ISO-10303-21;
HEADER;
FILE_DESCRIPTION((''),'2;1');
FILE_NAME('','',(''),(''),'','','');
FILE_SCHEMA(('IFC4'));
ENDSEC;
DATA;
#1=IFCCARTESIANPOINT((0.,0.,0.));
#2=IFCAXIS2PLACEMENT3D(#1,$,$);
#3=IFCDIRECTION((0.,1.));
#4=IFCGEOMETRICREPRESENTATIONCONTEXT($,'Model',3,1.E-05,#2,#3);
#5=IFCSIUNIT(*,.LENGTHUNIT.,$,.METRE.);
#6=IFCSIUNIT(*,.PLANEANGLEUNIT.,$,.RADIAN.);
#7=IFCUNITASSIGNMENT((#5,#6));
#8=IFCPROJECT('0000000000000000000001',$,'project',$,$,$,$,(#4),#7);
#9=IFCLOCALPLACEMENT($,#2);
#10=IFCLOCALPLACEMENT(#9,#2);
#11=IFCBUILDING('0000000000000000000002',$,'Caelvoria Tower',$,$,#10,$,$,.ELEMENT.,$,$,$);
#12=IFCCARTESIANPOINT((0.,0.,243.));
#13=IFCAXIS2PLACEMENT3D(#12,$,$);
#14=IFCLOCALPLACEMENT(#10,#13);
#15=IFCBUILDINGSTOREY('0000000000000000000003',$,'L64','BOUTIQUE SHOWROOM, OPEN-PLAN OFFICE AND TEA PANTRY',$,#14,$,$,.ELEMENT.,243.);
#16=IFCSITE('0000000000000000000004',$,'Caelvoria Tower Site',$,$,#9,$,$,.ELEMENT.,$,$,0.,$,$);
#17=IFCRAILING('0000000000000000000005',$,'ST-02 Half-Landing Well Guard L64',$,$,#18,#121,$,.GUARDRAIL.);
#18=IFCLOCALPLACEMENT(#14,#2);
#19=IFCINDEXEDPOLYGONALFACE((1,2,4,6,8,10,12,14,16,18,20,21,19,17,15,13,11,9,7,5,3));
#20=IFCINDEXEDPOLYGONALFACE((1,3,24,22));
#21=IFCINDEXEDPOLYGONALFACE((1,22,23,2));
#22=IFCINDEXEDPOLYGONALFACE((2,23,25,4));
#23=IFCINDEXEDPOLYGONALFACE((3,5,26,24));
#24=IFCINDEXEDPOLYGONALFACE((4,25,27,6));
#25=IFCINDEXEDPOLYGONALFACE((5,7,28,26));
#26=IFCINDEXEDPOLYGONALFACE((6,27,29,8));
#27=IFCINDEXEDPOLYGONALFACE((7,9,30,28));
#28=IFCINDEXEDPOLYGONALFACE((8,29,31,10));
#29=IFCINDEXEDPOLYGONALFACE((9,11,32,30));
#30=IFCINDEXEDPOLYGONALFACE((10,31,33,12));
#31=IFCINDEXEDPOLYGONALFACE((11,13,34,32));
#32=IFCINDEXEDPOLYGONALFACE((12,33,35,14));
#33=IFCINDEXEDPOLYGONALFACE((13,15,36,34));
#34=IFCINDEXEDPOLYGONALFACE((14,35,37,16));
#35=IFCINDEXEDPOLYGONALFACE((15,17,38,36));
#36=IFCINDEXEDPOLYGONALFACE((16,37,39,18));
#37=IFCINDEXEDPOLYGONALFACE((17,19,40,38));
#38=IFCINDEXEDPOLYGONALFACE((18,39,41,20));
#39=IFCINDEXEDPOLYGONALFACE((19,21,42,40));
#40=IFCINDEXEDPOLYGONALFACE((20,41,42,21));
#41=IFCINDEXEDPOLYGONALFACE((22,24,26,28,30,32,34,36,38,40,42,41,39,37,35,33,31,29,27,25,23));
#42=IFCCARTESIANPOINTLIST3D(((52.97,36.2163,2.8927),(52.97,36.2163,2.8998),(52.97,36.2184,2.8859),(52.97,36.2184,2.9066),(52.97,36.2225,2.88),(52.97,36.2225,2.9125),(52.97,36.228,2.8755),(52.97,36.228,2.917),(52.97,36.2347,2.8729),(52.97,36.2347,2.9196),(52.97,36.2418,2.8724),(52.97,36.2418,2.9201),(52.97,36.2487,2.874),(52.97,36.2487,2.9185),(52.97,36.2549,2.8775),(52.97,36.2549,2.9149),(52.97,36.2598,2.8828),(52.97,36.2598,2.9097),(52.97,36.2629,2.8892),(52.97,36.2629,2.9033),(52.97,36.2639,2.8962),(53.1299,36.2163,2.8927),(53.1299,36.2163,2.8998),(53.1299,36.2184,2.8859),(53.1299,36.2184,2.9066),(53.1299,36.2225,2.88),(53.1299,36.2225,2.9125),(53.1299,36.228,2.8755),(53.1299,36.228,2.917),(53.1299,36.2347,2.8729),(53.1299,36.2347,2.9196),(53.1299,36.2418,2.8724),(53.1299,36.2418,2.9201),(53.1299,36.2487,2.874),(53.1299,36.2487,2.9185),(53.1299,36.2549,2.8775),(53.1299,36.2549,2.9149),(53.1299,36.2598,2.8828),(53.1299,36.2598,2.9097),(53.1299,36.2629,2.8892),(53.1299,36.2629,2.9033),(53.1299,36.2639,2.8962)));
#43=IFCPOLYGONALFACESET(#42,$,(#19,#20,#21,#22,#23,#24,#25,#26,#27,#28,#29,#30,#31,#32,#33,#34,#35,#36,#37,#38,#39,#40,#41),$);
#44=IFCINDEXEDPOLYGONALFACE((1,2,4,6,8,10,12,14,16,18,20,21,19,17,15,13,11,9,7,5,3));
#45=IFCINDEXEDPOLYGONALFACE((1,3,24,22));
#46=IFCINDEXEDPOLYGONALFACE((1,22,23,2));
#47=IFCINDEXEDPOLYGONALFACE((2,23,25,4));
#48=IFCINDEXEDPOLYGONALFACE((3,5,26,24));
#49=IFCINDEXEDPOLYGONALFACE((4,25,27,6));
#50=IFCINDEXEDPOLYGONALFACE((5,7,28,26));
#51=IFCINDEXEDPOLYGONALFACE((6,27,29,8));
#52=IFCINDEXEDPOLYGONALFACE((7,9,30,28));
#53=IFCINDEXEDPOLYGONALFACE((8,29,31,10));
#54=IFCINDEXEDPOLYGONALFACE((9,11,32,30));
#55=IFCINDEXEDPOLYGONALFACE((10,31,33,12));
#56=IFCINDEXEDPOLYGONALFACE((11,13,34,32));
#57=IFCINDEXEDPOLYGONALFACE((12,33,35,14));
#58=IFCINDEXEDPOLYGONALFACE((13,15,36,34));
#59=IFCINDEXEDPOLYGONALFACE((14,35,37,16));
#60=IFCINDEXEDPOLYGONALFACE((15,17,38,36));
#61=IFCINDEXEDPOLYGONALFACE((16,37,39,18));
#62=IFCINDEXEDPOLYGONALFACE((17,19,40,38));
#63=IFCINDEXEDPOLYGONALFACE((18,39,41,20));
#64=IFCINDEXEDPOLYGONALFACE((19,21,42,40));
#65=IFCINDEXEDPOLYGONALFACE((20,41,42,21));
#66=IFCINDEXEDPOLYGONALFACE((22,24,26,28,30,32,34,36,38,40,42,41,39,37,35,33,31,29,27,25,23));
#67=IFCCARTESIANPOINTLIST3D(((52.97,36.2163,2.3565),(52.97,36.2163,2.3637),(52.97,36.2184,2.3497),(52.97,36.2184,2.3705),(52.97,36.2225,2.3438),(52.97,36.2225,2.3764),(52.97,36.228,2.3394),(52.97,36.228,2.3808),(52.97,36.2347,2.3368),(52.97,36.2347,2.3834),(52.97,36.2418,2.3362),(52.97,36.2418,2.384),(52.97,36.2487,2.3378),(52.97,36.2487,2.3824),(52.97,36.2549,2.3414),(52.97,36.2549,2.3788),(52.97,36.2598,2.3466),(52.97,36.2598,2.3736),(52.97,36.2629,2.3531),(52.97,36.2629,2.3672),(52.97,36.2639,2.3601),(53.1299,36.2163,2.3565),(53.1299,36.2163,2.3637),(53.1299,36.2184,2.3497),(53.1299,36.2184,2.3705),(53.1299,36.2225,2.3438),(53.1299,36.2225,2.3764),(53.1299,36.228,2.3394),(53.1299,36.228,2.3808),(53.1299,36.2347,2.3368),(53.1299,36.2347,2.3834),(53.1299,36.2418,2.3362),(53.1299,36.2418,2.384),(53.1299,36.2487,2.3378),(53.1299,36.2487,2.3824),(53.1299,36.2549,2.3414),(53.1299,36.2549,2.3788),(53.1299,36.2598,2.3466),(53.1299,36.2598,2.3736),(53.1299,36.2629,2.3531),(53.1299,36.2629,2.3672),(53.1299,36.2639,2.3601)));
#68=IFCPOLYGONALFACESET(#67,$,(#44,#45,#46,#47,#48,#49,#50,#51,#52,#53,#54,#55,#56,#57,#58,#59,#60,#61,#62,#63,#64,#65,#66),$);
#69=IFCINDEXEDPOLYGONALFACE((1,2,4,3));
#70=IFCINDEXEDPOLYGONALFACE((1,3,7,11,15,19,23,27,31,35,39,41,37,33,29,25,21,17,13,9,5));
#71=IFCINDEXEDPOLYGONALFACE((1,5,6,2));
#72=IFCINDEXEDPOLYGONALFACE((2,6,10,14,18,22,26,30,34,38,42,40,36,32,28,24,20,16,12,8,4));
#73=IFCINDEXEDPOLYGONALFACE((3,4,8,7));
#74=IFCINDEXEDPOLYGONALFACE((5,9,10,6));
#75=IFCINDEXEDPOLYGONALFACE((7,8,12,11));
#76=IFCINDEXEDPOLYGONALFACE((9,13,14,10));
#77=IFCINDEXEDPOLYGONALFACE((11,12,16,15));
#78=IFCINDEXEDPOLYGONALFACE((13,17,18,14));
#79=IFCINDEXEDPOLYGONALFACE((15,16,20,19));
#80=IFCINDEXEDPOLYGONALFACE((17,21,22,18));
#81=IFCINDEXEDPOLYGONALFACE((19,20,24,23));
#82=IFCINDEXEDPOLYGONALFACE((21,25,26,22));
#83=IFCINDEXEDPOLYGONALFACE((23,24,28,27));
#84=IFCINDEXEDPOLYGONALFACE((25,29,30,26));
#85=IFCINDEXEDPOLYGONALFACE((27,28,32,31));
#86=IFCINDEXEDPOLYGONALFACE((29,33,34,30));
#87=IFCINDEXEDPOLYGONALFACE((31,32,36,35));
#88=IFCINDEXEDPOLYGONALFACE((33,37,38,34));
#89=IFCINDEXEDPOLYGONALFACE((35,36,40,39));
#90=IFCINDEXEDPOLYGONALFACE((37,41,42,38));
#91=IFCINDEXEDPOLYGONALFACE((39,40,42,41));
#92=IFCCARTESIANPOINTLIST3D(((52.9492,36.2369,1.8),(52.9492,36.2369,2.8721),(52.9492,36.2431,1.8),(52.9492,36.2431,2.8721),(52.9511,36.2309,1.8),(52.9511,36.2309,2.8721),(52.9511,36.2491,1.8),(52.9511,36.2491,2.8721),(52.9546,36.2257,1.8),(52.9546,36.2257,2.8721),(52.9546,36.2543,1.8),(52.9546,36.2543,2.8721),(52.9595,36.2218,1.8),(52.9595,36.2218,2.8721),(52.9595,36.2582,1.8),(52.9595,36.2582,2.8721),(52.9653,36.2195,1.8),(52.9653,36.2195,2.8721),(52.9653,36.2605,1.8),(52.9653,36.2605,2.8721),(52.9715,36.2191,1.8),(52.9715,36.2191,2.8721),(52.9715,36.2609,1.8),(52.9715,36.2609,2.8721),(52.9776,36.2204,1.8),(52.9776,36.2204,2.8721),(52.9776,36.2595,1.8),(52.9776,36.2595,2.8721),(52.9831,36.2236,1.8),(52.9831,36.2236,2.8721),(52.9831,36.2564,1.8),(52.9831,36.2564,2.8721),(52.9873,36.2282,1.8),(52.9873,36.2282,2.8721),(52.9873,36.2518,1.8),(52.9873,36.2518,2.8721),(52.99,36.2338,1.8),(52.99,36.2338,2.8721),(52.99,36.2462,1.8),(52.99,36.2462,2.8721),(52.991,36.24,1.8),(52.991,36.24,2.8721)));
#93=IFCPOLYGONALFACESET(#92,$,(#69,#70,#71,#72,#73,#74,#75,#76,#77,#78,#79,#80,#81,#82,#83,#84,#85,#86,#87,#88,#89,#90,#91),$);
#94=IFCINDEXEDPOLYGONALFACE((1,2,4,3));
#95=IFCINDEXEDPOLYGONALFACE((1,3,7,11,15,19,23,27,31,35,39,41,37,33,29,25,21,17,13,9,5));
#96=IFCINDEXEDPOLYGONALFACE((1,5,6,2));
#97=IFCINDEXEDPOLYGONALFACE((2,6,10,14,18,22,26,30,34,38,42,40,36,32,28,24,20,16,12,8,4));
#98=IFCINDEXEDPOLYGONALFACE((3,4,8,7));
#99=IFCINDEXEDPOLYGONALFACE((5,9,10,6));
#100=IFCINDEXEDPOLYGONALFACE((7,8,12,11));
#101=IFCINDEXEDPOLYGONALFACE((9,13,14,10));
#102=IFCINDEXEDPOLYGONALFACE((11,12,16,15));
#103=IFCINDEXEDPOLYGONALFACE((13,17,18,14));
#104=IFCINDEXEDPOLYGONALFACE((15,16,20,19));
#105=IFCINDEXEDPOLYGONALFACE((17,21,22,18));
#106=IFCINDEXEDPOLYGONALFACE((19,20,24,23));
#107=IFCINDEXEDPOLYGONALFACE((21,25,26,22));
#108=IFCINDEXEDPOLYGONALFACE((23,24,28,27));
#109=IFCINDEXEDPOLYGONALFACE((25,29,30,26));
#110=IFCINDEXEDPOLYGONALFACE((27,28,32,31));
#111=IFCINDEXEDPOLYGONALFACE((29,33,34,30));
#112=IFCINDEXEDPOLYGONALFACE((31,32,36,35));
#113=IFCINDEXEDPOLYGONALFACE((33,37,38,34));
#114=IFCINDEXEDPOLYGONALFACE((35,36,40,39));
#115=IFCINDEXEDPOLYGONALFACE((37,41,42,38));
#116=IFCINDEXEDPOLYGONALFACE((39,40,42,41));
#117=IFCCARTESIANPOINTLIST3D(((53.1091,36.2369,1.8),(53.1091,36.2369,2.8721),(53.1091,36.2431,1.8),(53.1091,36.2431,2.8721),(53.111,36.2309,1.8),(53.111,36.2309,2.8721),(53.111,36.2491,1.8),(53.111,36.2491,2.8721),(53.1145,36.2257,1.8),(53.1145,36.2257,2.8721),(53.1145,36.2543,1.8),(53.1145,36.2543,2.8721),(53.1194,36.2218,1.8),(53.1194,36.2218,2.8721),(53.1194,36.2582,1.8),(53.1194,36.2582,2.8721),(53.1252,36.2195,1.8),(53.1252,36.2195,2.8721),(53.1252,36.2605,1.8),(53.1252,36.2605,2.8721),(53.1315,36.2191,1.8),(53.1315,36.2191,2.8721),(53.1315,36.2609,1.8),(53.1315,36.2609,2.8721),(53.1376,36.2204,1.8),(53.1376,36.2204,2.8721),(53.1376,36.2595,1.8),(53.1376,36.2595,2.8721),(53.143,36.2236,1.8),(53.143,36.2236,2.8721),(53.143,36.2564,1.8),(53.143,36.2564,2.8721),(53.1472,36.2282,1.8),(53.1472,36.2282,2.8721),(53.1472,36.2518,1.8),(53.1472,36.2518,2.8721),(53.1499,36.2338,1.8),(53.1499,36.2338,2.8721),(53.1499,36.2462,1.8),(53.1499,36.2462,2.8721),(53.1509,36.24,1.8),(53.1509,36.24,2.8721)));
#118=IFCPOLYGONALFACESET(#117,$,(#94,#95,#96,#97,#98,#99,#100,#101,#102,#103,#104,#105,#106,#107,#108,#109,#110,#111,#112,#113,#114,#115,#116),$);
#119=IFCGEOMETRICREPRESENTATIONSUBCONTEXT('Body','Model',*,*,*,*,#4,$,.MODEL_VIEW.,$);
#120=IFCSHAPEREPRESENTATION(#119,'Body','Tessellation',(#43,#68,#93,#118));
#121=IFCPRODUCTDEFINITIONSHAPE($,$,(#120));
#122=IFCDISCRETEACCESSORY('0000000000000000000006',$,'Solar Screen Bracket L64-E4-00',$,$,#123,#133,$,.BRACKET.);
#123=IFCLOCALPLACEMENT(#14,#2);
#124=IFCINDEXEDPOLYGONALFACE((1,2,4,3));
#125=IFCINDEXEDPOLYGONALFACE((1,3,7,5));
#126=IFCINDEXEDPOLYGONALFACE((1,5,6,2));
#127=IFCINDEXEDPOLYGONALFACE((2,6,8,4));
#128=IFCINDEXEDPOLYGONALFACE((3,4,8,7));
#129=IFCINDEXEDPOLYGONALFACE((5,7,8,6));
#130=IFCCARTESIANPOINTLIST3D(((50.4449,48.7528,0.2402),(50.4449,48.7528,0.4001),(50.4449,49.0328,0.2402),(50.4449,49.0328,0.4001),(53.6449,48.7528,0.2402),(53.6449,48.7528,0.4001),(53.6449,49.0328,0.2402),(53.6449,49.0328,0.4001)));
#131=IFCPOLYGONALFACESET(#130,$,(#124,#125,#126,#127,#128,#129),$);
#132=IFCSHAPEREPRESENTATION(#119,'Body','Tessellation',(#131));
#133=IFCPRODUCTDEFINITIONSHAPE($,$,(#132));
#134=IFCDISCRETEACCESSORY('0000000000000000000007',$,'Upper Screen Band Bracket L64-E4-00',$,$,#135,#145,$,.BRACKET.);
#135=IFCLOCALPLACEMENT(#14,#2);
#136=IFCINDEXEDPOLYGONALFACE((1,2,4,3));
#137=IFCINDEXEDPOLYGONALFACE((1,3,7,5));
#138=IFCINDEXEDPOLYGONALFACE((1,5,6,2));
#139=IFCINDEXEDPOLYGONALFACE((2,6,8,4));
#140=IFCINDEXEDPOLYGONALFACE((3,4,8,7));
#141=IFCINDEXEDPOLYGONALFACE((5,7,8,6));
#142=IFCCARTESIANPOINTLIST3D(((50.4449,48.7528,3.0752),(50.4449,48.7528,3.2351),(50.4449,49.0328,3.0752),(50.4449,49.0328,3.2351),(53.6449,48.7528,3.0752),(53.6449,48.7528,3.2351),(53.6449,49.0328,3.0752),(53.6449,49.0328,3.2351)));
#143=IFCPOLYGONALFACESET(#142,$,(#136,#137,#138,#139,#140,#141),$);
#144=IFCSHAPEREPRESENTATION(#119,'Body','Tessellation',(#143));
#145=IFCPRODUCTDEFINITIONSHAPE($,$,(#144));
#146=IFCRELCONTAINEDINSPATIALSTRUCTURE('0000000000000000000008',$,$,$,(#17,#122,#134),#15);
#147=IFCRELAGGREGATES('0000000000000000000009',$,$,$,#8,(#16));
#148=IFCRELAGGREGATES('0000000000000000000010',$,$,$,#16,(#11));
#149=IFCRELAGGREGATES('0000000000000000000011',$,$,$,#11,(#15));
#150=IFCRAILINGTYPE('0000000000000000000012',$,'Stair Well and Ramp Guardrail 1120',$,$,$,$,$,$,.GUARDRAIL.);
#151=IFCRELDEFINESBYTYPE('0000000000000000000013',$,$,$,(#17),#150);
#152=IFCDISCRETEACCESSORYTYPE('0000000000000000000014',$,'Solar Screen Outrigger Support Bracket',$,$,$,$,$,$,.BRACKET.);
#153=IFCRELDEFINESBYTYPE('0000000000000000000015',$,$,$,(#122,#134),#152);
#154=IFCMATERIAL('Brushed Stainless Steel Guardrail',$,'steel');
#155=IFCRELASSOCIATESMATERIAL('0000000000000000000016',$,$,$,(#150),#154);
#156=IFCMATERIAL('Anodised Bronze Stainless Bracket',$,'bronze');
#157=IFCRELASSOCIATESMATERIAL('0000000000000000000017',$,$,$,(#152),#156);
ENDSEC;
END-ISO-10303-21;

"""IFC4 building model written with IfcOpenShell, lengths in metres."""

from ifc_helpers import new_model, si_unit, direction, frame, origin, origin_2d, place, context, subcontext, project, spatial, rectangle, circle, extrude, material, type_object, element, save


model = new_model("IFC4")

# Units and contexts
model_context = context("Model", 3, precision=1e-05, world=origin(), true_north=direction((0.0, 1.0)))
body_context = subcontext(model_context, "Body", "Model", "MODEL_VIEW")
ifc_project = project(units=[si_unit("LENGTHUNIT", "METRE"), si_unit("PLANEANGLEUNIT", "RADIAN")], contexts=[model_context])

# Site, building, storey
site_placement = place(None, origin())
site = spatial("IfcSite", under=ifc_project, at=site_placement, Name="Caelvoria Tower Site", CompositionType="ELEMENT", RefElevation=0.0)
building_placement = place(site_placement, origin())
building = spatial("IfcBuilding", under=site, at=building_placement, Name="Caelvoria Tower", CompositionType="ELEMENT")
storey_placement = place(building_placement, frame((0.0, 0.0, 243.0)))
storey = spatial("IfcBuildingStorey", under=building, at=storey_placement, Name="L64", Description="BOUTIQUE SHOWROOM, OPEN-PLAN OFFICE AND TEA PANTRY", CompositionType="ELEMENT", Elevation=243.0)

# Railing
ifc_material_1 = material(Name="Brushed Stainless Steel Guardrail", Category="steel")
railing_type_1 = type_object("IfcRailingType", Name="Stair Well and Ramp Guardrail 1120", PredefinedType="GUARDRAIL", material=ifc_material_1)
railing_1_placement = place(storey_placement, frame((52.97, 36.24, 1.8)))
element("IfcRailing", 1, at=railing_1_placement, inside=storey, type_object=railing_type_1, Name="ST-02 Half-Landing Well Guard L64", PredefinedType="GUARDRAIL", context=body_context, shape_type="SweptSolid", body=[
    extrude(circle(Radius=0.0239, at=origin_2d()), frame((0.0, 0.0, 1.0962), z_axis=(1.0, 0.0, 0.0), x_axis=(0.0, 1.0, 0.0)), (0.0, 0.0, 1.0), 0.1599),
    extrude(circle(Radius=0.0239, at=origin_2d()), frame((0.0, 0.0, 0.5601), z_axis=(1.0, 0.0, 0.0), x_axis=(0.0, 1.0, 0.0)), (0.0, 0.0, 1.0), 0.1599),
    extrude(circle(Radius=0.021, at=origin_2d()), origin(), (0.0, 0.0, 1.0), 1.072),
    extrude(circle(Radius=0.021, at=origin_2d()), frame((0.1599, 0.0, 0.0)), (0.0, 0.0, 1.0), 1.072),
])

# Discrete accessories
ifc_material_2 = material(Name="Anodised Bronze Stainless Bracket", Category="bronze")
discrete_accessory_type = type_object("IfcDiscreteAccessoryType", Name="Solar Screen Outrigger Support Bracket", PredefinedType="BRACKET", material=ifc_material_2)
for number, where, z_axis, x_axis, name in (
    (2, (52.0449, 48.8928, 0.2402), (0.0, 0.0, 1.0), (-1.0, 0.0, 0.0), "Solar Screen Bracket L64-E4-00"),
    (3, (52.0449, 48.8928, 3.0752), (0.0, 0.0, 1.0), (-1.0, 0.0, 0.0), "Upper Screen Band Bracket L64-E4-00"),
):
    element("IfcDiscreteAccessory", number, at=place(storey_placement, frame(where, z_axis=z_axis, x_axis=x_axis)), inside=storey, type_object=discrete_accessory_type, Name=name, PredefinedType="BRACKET", context=body_context, shape_type="SweptSolid", body=[
        extrude(rectangle(XDim=3.2, YDim=0.28, at=origin_2d()), origin(), (0.0, 0.0, 1.0), 0.1599),
    ])

save(model, "model.ifc")
